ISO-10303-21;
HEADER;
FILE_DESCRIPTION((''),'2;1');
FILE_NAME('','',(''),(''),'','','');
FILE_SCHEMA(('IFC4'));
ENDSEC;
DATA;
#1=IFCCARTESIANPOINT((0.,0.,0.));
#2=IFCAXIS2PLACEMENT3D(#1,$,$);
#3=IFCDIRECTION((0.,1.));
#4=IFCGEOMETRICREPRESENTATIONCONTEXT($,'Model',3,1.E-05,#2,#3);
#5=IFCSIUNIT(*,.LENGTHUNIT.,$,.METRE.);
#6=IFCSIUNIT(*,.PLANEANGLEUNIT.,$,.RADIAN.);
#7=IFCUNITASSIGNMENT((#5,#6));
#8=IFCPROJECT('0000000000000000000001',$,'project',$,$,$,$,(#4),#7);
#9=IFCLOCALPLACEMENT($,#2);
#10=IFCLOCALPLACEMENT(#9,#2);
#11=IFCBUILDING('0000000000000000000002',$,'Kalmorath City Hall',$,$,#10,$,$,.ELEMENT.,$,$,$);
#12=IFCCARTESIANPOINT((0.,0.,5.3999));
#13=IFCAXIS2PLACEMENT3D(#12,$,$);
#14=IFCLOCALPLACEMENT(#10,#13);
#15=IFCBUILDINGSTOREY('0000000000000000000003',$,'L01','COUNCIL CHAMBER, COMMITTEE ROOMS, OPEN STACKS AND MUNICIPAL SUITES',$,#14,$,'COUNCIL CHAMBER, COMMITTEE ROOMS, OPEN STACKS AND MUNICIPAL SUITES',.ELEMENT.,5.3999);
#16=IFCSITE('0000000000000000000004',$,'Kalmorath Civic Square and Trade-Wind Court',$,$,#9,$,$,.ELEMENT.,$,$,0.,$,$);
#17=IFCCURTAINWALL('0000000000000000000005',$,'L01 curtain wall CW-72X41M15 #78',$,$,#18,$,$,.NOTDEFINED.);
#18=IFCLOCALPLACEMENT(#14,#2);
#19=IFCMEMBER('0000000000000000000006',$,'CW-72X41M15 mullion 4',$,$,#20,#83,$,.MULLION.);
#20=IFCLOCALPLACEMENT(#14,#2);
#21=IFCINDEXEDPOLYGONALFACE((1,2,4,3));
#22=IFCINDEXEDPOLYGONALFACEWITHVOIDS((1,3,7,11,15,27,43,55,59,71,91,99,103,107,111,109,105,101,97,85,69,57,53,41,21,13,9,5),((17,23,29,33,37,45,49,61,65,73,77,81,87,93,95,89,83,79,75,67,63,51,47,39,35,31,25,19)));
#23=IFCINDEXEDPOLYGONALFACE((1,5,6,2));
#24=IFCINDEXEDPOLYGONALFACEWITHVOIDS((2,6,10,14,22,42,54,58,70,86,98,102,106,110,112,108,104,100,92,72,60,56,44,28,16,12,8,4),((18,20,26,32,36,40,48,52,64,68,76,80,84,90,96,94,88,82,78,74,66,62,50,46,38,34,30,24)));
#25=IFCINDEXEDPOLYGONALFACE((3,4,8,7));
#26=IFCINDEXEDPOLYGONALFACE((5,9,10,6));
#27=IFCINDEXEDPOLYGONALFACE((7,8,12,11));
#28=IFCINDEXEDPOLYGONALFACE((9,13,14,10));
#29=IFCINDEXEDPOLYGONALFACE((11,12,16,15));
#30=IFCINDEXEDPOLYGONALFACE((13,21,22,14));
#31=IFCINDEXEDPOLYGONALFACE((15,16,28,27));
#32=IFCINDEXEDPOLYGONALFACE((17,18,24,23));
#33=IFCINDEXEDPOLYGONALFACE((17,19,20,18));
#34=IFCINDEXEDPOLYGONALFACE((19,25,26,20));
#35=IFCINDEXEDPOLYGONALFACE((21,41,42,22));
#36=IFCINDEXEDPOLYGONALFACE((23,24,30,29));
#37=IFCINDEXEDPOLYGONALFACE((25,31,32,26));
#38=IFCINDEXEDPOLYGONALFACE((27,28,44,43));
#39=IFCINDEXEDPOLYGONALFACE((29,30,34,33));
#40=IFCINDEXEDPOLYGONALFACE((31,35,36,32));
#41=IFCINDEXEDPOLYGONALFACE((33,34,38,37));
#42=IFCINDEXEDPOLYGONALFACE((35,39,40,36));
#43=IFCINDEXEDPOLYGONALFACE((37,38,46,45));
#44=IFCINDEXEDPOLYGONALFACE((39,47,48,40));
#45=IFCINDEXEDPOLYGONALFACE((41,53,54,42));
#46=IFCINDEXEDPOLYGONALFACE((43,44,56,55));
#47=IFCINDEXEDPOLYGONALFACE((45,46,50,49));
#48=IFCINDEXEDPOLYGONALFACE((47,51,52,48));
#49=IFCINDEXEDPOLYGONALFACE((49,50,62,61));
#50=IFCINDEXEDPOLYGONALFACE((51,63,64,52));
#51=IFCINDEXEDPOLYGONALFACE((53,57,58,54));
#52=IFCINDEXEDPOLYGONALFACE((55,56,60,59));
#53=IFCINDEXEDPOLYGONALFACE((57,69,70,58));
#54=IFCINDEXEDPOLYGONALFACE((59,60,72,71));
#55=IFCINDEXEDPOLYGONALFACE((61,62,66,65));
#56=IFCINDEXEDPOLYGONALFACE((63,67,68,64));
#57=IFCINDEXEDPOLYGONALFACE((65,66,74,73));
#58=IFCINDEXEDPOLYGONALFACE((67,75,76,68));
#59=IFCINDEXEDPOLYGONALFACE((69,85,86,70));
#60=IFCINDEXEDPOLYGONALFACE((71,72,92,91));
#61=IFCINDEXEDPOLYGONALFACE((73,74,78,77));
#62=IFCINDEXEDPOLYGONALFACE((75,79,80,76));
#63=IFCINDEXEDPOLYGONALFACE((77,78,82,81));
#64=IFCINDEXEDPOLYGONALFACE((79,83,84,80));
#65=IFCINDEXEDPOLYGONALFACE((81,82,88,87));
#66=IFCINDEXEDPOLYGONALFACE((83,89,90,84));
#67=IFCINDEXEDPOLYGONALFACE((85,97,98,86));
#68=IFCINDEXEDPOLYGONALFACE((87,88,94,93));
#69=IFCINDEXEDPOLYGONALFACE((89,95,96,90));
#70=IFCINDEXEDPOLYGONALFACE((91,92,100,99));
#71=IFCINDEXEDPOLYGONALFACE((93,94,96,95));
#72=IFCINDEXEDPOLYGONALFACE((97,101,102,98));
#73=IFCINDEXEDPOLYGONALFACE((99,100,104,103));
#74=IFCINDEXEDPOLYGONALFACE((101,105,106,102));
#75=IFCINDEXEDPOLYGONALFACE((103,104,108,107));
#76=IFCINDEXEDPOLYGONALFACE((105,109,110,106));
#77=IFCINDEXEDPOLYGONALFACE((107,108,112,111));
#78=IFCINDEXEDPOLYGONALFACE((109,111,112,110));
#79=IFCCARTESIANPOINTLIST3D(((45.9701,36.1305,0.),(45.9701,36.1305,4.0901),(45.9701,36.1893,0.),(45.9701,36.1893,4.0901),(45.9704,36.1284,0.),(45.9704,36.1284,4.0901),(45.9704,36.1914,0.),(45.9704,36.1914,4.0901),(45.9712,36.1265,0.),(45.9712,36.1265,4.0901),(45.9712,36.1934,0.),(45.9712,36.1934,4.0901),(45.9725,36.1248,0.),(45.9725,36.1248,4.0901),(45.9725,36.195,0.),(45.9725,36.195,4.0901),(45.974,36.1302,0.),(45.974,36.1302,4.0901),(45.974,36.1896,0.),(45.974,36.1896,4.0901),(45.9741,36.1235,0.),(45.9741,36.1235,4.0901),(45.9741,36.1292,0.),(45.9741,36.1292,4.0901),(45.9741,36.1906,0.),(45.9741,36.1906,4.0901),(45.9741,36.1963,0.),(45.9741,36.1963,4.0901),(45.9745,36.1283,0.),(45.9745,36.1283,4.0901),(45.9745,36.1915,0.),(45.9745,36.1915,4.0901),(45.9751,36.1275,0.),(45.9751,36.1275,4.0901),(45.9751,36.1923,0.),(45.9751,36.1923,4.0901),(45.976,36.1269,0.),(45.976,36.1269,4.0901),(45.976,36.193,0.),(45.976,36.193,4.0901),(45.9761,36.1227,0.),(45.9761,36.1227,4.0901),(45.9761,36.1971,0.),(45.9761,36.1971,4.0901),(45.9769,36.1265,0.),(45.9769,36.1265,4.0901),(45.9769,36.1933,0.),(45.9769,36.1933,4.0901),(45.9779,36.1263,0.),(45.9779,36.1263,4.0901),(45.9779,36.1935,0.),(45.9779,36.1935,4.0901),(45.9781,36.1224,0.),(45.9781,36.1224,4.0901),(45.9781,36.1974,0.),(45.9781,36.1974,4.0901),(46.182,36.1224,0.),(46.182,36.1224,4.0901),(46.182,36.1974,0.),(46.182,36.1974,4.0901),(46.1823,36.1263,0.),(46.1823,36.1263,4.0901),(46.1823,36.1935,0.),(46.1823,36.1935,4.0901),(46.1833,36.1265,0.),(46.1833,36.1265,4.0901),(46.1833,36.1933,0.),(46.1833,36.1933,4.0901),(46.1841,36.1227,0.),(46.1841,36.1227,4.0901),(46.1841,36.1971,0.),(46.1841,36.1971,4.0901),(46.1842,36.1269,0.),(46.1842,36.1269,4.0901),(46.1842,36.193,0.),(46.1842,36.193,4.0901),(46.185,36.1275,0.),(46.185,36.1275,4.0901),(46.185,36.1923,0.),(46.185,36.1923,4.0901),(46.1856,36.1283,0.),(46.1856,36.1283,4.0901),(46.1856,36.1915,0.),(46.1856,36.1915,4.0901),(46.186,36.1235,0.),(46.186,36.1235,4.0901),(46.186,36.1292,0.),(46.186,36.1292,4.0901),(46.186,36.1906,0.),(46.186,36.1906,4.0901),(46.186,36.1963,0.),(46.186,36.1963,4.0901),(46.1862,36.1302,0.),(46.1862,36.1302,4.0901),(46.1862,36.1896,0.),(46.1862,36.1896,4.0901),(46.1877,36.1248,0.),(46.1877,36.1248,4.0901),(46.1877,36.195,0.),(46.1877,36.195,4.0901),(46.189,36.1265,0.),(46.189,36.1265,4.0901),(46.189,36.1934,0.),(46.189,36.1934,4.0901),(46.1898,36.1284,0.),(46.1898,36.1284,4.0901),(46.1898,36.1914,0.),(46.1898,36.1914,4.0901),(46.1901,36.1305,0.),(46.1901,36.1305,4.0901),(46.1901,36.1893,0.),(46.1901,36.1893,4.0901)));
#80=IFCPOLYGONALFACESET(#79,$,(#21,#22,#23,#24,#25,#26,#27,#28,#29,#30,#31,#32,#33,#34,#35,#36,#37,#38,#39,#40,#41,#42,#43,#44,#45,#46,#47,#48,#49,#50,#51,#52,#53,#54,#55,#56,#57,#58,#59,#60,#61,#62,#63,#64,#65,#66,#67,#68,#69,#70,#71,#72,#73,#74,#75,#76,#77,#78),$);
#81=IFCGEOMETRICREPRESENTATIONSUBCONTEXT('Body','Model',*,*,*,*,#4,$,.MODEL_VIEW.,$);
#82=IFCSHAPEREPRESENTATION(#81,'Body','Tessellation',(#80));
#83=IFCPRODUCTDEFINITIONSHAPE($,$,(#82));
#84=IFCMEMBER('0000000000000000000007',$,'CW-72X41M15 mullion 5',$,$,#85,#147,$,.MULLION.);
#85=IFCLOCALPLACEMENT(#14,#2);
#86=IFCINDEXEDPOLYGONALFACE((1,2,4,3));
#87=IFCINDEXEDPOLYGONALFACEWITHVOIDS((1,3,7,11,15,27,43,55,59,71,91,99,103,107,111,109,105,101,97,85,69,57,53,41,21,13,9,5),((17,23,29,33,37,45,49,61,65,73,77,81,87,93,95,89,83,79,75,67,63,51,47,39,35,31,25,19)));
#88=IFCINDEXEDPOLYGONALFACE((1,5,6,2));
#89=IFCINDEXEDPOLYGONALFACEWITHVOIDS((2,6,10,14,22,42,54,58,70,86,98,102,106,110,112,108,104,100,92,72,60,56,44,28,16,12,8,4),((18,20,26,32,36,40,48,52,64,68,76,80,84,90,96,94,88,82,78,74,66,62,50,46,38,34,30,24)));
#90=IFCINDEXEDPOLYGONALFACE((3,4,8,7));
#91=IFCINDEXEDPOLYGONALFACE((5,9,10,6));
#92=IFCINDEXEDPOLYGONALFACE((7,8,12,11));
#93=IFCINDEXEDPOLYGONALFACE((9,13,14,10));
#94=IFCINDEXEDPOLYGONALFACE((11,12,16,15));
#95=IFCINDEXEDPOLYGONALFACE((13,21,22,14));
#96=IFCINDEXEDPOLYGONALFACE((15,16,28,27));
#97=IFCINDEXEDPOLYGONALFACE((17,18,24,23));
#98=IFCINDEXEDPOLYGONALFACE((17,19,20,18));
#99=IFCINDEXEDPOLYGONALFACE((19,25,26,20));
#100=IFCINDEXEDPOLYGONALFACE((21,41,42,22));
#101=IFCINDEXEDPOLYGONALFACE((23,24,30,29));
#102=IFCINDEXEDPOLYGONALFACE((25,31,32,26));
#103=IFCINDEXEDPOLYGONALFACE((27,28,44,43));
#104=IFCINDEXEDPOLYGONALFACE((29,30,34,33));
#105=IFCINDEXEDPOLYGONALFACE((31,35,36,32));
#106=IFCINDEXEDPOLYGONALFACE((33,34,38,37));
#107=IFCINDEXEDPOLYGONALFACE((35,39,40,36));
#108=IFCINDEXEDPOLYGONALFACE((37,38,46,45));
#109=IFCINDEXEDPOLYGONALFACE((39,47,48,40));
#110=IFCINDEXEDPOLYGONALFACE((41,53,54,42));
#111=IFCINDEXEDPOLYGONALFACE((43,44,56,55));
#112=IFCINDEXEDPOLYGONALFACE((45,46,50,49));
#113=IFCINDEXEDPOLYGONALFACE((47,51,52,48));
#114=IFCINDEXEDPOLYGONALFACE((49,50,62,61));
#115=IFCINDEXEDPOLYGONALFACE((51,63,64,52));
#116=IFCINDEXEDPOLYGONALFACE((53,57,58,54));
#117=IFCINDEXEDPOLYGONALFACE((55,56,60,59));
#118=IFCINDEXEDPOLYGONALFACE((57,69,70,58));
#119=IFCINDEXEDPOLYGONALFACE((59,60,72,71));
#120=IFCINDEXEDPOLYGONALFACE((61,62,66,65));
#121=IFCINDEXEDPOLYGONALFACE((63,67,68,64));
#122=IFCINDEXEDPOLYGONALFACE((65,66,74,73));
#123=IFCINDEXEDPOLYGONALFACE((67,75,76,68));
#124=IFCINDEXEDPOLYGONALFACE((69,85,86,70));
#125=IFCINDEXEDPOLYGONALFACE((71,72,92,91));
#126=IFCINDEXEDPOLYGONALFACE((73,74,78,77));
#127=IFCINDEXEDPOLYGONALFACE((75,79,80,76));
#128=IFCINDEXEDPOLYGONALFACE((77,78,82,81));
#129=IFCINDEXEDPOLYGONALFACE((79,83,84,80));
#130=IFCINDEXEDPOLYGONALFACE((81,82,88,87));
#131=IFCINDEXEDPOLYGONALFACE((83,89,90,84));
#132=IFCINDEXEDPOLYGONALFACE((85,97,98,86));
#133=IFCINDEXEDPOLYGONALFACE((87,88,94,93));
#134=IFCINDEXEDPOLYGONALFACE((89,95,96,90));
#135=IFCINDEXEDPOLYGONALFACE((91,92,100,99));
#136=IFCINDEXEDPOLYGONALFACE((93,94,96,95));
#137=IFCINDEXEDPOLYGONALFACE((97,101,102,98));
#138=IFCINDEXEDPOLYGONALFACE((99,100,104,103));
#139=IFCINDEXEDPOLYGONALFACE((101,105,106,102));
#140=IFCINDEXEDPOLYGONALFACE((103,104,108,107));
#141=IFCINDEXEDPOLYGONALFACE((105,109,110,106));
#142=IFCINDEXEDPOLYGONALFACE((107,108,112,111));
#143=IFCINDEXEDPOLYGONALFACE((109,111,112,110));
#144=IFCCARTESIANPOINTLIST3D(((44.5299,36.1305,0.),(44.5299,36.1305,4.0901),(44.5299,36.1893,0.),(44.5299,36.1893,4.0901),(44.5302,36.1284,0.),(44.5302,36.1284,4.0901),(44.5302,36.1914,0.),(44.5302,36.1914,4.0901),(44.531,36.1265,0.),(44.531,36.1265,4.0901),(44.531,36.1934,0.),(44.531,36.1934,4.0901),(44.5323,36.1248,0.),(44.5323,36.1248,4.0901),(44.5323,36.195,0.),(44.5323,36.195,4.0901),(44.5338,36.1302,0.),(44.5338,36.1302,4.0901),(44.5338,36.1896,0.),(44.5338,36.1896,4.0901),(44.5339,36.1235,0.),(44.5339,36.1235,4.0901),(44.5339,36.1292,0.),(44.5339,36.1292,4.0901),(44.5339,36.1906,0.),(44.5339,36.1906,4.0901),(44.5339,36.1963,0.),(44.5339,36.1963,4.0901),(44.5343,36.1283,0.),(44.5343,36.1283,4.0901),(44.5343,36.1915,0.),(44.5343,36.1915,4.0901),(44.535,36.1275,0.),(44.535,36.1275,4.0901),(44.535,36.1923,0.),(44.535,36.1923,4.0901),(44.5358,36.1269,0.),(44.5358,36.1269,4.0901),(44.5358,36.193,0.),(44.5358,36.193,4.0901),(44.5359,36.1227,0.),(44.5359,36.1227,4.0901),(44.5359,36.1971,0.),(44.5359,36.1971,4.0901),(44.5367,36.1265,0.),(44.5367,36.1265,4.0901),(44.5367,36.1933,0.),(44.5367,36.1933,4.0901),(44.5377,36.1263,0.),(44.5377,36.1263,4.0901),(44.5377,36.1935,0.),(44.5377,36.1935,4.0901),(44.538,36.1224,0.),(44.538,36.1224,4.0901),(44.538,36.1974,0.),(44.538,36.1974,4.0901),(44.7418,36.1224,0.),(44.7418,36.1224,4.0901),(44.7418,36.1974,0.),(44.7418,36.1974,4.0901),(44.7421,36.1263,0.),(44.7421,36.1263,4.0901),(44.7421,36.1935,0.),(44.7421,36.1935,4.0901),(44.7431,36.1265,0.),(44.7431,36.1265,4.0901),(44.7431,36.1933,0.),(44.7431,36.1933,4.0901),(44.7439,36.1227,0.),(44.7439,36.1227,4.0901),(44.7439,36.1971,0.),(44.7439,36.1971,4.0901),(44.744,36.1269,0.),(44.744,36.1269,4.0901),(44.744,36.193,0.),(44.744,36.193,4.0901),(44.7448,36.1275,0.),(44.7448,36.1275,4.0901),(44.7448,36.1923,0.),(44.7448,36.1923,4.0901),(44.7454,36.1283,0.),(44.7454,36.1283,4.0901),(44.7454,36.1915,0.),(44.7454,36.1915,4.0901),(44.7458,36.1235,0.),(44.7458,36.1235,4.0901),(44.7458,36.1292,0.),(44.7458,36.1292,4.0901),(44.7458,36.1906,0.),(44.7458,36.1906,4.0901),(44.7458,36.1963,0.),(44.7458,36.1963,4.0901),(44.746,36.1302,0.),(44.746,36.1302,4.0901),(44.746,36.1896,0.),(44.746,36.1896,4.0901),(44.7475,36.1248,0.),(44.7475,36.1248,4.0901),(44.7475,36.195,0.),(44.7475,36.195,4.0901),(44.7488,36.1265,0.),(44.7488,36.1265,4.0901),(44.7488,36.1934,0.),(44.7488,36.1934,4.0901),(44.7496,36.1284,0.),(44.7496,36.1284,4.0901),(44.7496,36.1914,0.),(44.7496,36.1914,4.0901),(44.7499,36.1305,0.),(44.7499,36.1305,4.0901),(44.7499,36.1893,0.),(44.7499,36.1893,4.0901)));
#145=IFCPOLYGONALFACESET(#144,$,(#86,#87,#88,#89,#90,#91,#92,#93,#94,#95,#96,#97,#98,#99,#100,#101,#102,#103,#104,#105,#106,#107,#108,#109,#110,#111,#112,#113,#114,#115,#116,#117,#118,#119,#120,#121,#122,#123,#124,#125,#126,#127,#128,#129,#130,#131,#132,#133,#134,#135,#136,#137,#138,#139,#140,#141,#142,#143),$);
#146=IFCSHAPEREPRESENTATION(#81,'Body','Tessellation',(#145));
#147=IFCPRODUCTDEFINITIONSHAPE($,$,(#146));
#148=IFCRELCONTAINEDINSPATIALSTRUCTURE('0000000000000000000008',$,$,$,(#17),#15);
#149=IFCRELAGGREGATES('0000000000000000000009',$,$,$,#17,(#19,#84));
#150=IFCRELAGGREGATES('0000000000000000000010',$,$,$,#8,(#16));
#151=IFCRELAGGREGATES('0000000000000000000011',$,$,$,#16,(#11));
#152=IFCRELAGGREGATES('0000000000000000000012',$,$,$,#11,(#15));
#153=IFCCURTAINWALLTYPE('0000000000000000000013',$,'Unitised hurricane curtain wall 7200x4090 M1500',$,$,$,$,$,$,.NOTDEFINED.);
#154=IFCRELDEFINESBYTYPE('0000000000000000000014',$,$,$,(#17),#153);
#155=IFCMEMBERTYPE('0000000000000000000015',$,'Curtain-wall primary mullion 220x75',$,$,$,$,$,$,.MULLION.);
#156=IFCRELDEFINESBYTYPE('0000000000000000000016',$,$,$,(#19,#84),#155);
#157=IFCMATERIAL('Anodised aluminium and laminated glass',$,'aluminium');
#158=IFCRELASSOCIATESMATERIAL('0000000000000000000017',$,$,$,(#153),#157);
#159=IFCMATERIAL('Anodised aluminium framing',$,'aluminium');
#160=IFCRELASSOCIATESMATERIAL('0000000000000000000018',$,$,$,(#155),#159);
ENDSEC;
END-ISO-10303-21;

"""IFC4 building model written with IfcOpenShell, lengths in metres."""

from ifc_helpers import new_model, si_unit, direction, frame, origin, origin_2d, place, context, subcontext, project, spatial, hollow_rectangle, extrude, material, material_profile, profile_set, type_object, element, aggregate, save


model = new_model("IFC4")

# Units and contexts
model_context = context("Model", 3, precision=1e-05, world=origin(), true_north=direction((0.0, 1.0)))
body_context = subcontext(model_context, "Body", "Model", "MODEL_VIEW")
ifc_project = project(units=[si_unit("LENGTHUNIT", "METRE"), si_unit("PLANEANGLEUNIT", "RADIAN")], contexts=[model_context])

# Site, building, storey
site_placement = place(None, origin())
site = spatial("IfcSite", under=ifc_project, at=site_placement, Name="Kalmorath Civic Square and Trade-Wind Court", CompositionType="ELEMENT", RefElevation=0.0)
building_placement = place(site_placement, origin())
building = spatial("IfcBuilding", under=site, at=building_placement, Name="Kalmorath City Hall", CompositionType="ELEMENT")
storey_placement = place(building_placement, frame((0.0, 0.0, 5.3999)))
storey = spatial("IfcBuildingStorey", under=building, at=storey_placement, Name="L01", Description="COUNCIL CHAMBER, COMMITTEE ROOMS, OPEN STACKS AND MUNICIPAL SUITES", LongName="COUNCIL CHAMBER, COMMITTEE ROOMS, OPEN STACKS AND MUNICIPAL SUITES", CompositionType="ELEMENT", Elevation=5.3999)

# Curtain wall, members
ifc_material_1 = material(Name="Anodised aluminium and laminated glass", Category="aluminium")
curtain_wall_type_1 = type_object("IfcCurtainWallType", Name="Unitised hurricane curtain wall 7200x4090 M1500", PredefinedType="NOTDEFINED", material=ifc_material_1)
curtain_wall_1_placement = place(storey_placement, origin())
curtain_wall_1 = element("IfcCurtainWall", 1, at=curtain_wall_1_placement, inside=storey, type_object=curtain_wall_type_1, Name="L01 curtain wall CW-72X41M15 #78", PredefinedType="NOTDEFINED")
ifc_material_2 = material(Name="Anodised aluminium framing", Category="aluminium")
ifc_material_profile_1 = material_profile(ifc_material_2, hollow_rectangle(XDim=0.075, YDim=0.22, WallThickness=0.0039, InnerFilletRadius=0.0039, OuterFilletRadius=0.0081, at=origin_2d()), Name="ALU-MUL-220X75X4")
ifc_profile_set_1 = profile_set([ifc_material_profile_1], Name="Anodised aluminium framing")
member_type_1 = type_object("IfcMemberType", Name="Curtain-wall primary mullion 220x75", PredefinedType="MULLION", material=ifc_profile_set_1)
member_1_placement = place(storey_placement, frame((46.0801, 36.1599, 0.0), z_axis=(0.0, 0.0, 1.0), x_axis=(0.0, -1.0, 0.0)))
member_1 = element("IfcMember", 2, at=member_1_placement, type_object=member_type_1, Name="CW-72X41M15 mullion 4", PredefinedType="MULLION", context=body_context, shape_type="SweptSolid", body=[
    extrude(hollow_rectangle(XDim=0.075, YDim=0.22, WallThickness=0.0039, InnerFilletRadius=0.0039, OuterFilletRadius=0.0081, at=origin_2d()), origin(), (0.0, 0.0, 1.0), 4.0901),
])
member_2_placement = place(storey_placement, frame((44.6399, 36.1599, 0.0), z_axis=(0.0, 0.0, 1.0), x_axis=(0.0, -1.0, 0.0)))
member_2 = element("IfcMember", 3, at=member_2_placement, type_object=member_type_1, Name="CW-72X41M15 mullion 5", PredefinedType="MULLION", context=body_context, shape_type="SweptSolid", body=[
    extrude(hollow_rectangle(XDim=0.075, YDim=0.22, WallThickness=0.0039, InnerFilletRadius=0.0039, OuterFilletRadius=0.0081, at=origin_2d()), origin(), (0.0, 0.0, 1.0), 4.0901),
])

aggregate(curtain_wall_1, [member_1, member_2])

save(model, "model.ifc")
